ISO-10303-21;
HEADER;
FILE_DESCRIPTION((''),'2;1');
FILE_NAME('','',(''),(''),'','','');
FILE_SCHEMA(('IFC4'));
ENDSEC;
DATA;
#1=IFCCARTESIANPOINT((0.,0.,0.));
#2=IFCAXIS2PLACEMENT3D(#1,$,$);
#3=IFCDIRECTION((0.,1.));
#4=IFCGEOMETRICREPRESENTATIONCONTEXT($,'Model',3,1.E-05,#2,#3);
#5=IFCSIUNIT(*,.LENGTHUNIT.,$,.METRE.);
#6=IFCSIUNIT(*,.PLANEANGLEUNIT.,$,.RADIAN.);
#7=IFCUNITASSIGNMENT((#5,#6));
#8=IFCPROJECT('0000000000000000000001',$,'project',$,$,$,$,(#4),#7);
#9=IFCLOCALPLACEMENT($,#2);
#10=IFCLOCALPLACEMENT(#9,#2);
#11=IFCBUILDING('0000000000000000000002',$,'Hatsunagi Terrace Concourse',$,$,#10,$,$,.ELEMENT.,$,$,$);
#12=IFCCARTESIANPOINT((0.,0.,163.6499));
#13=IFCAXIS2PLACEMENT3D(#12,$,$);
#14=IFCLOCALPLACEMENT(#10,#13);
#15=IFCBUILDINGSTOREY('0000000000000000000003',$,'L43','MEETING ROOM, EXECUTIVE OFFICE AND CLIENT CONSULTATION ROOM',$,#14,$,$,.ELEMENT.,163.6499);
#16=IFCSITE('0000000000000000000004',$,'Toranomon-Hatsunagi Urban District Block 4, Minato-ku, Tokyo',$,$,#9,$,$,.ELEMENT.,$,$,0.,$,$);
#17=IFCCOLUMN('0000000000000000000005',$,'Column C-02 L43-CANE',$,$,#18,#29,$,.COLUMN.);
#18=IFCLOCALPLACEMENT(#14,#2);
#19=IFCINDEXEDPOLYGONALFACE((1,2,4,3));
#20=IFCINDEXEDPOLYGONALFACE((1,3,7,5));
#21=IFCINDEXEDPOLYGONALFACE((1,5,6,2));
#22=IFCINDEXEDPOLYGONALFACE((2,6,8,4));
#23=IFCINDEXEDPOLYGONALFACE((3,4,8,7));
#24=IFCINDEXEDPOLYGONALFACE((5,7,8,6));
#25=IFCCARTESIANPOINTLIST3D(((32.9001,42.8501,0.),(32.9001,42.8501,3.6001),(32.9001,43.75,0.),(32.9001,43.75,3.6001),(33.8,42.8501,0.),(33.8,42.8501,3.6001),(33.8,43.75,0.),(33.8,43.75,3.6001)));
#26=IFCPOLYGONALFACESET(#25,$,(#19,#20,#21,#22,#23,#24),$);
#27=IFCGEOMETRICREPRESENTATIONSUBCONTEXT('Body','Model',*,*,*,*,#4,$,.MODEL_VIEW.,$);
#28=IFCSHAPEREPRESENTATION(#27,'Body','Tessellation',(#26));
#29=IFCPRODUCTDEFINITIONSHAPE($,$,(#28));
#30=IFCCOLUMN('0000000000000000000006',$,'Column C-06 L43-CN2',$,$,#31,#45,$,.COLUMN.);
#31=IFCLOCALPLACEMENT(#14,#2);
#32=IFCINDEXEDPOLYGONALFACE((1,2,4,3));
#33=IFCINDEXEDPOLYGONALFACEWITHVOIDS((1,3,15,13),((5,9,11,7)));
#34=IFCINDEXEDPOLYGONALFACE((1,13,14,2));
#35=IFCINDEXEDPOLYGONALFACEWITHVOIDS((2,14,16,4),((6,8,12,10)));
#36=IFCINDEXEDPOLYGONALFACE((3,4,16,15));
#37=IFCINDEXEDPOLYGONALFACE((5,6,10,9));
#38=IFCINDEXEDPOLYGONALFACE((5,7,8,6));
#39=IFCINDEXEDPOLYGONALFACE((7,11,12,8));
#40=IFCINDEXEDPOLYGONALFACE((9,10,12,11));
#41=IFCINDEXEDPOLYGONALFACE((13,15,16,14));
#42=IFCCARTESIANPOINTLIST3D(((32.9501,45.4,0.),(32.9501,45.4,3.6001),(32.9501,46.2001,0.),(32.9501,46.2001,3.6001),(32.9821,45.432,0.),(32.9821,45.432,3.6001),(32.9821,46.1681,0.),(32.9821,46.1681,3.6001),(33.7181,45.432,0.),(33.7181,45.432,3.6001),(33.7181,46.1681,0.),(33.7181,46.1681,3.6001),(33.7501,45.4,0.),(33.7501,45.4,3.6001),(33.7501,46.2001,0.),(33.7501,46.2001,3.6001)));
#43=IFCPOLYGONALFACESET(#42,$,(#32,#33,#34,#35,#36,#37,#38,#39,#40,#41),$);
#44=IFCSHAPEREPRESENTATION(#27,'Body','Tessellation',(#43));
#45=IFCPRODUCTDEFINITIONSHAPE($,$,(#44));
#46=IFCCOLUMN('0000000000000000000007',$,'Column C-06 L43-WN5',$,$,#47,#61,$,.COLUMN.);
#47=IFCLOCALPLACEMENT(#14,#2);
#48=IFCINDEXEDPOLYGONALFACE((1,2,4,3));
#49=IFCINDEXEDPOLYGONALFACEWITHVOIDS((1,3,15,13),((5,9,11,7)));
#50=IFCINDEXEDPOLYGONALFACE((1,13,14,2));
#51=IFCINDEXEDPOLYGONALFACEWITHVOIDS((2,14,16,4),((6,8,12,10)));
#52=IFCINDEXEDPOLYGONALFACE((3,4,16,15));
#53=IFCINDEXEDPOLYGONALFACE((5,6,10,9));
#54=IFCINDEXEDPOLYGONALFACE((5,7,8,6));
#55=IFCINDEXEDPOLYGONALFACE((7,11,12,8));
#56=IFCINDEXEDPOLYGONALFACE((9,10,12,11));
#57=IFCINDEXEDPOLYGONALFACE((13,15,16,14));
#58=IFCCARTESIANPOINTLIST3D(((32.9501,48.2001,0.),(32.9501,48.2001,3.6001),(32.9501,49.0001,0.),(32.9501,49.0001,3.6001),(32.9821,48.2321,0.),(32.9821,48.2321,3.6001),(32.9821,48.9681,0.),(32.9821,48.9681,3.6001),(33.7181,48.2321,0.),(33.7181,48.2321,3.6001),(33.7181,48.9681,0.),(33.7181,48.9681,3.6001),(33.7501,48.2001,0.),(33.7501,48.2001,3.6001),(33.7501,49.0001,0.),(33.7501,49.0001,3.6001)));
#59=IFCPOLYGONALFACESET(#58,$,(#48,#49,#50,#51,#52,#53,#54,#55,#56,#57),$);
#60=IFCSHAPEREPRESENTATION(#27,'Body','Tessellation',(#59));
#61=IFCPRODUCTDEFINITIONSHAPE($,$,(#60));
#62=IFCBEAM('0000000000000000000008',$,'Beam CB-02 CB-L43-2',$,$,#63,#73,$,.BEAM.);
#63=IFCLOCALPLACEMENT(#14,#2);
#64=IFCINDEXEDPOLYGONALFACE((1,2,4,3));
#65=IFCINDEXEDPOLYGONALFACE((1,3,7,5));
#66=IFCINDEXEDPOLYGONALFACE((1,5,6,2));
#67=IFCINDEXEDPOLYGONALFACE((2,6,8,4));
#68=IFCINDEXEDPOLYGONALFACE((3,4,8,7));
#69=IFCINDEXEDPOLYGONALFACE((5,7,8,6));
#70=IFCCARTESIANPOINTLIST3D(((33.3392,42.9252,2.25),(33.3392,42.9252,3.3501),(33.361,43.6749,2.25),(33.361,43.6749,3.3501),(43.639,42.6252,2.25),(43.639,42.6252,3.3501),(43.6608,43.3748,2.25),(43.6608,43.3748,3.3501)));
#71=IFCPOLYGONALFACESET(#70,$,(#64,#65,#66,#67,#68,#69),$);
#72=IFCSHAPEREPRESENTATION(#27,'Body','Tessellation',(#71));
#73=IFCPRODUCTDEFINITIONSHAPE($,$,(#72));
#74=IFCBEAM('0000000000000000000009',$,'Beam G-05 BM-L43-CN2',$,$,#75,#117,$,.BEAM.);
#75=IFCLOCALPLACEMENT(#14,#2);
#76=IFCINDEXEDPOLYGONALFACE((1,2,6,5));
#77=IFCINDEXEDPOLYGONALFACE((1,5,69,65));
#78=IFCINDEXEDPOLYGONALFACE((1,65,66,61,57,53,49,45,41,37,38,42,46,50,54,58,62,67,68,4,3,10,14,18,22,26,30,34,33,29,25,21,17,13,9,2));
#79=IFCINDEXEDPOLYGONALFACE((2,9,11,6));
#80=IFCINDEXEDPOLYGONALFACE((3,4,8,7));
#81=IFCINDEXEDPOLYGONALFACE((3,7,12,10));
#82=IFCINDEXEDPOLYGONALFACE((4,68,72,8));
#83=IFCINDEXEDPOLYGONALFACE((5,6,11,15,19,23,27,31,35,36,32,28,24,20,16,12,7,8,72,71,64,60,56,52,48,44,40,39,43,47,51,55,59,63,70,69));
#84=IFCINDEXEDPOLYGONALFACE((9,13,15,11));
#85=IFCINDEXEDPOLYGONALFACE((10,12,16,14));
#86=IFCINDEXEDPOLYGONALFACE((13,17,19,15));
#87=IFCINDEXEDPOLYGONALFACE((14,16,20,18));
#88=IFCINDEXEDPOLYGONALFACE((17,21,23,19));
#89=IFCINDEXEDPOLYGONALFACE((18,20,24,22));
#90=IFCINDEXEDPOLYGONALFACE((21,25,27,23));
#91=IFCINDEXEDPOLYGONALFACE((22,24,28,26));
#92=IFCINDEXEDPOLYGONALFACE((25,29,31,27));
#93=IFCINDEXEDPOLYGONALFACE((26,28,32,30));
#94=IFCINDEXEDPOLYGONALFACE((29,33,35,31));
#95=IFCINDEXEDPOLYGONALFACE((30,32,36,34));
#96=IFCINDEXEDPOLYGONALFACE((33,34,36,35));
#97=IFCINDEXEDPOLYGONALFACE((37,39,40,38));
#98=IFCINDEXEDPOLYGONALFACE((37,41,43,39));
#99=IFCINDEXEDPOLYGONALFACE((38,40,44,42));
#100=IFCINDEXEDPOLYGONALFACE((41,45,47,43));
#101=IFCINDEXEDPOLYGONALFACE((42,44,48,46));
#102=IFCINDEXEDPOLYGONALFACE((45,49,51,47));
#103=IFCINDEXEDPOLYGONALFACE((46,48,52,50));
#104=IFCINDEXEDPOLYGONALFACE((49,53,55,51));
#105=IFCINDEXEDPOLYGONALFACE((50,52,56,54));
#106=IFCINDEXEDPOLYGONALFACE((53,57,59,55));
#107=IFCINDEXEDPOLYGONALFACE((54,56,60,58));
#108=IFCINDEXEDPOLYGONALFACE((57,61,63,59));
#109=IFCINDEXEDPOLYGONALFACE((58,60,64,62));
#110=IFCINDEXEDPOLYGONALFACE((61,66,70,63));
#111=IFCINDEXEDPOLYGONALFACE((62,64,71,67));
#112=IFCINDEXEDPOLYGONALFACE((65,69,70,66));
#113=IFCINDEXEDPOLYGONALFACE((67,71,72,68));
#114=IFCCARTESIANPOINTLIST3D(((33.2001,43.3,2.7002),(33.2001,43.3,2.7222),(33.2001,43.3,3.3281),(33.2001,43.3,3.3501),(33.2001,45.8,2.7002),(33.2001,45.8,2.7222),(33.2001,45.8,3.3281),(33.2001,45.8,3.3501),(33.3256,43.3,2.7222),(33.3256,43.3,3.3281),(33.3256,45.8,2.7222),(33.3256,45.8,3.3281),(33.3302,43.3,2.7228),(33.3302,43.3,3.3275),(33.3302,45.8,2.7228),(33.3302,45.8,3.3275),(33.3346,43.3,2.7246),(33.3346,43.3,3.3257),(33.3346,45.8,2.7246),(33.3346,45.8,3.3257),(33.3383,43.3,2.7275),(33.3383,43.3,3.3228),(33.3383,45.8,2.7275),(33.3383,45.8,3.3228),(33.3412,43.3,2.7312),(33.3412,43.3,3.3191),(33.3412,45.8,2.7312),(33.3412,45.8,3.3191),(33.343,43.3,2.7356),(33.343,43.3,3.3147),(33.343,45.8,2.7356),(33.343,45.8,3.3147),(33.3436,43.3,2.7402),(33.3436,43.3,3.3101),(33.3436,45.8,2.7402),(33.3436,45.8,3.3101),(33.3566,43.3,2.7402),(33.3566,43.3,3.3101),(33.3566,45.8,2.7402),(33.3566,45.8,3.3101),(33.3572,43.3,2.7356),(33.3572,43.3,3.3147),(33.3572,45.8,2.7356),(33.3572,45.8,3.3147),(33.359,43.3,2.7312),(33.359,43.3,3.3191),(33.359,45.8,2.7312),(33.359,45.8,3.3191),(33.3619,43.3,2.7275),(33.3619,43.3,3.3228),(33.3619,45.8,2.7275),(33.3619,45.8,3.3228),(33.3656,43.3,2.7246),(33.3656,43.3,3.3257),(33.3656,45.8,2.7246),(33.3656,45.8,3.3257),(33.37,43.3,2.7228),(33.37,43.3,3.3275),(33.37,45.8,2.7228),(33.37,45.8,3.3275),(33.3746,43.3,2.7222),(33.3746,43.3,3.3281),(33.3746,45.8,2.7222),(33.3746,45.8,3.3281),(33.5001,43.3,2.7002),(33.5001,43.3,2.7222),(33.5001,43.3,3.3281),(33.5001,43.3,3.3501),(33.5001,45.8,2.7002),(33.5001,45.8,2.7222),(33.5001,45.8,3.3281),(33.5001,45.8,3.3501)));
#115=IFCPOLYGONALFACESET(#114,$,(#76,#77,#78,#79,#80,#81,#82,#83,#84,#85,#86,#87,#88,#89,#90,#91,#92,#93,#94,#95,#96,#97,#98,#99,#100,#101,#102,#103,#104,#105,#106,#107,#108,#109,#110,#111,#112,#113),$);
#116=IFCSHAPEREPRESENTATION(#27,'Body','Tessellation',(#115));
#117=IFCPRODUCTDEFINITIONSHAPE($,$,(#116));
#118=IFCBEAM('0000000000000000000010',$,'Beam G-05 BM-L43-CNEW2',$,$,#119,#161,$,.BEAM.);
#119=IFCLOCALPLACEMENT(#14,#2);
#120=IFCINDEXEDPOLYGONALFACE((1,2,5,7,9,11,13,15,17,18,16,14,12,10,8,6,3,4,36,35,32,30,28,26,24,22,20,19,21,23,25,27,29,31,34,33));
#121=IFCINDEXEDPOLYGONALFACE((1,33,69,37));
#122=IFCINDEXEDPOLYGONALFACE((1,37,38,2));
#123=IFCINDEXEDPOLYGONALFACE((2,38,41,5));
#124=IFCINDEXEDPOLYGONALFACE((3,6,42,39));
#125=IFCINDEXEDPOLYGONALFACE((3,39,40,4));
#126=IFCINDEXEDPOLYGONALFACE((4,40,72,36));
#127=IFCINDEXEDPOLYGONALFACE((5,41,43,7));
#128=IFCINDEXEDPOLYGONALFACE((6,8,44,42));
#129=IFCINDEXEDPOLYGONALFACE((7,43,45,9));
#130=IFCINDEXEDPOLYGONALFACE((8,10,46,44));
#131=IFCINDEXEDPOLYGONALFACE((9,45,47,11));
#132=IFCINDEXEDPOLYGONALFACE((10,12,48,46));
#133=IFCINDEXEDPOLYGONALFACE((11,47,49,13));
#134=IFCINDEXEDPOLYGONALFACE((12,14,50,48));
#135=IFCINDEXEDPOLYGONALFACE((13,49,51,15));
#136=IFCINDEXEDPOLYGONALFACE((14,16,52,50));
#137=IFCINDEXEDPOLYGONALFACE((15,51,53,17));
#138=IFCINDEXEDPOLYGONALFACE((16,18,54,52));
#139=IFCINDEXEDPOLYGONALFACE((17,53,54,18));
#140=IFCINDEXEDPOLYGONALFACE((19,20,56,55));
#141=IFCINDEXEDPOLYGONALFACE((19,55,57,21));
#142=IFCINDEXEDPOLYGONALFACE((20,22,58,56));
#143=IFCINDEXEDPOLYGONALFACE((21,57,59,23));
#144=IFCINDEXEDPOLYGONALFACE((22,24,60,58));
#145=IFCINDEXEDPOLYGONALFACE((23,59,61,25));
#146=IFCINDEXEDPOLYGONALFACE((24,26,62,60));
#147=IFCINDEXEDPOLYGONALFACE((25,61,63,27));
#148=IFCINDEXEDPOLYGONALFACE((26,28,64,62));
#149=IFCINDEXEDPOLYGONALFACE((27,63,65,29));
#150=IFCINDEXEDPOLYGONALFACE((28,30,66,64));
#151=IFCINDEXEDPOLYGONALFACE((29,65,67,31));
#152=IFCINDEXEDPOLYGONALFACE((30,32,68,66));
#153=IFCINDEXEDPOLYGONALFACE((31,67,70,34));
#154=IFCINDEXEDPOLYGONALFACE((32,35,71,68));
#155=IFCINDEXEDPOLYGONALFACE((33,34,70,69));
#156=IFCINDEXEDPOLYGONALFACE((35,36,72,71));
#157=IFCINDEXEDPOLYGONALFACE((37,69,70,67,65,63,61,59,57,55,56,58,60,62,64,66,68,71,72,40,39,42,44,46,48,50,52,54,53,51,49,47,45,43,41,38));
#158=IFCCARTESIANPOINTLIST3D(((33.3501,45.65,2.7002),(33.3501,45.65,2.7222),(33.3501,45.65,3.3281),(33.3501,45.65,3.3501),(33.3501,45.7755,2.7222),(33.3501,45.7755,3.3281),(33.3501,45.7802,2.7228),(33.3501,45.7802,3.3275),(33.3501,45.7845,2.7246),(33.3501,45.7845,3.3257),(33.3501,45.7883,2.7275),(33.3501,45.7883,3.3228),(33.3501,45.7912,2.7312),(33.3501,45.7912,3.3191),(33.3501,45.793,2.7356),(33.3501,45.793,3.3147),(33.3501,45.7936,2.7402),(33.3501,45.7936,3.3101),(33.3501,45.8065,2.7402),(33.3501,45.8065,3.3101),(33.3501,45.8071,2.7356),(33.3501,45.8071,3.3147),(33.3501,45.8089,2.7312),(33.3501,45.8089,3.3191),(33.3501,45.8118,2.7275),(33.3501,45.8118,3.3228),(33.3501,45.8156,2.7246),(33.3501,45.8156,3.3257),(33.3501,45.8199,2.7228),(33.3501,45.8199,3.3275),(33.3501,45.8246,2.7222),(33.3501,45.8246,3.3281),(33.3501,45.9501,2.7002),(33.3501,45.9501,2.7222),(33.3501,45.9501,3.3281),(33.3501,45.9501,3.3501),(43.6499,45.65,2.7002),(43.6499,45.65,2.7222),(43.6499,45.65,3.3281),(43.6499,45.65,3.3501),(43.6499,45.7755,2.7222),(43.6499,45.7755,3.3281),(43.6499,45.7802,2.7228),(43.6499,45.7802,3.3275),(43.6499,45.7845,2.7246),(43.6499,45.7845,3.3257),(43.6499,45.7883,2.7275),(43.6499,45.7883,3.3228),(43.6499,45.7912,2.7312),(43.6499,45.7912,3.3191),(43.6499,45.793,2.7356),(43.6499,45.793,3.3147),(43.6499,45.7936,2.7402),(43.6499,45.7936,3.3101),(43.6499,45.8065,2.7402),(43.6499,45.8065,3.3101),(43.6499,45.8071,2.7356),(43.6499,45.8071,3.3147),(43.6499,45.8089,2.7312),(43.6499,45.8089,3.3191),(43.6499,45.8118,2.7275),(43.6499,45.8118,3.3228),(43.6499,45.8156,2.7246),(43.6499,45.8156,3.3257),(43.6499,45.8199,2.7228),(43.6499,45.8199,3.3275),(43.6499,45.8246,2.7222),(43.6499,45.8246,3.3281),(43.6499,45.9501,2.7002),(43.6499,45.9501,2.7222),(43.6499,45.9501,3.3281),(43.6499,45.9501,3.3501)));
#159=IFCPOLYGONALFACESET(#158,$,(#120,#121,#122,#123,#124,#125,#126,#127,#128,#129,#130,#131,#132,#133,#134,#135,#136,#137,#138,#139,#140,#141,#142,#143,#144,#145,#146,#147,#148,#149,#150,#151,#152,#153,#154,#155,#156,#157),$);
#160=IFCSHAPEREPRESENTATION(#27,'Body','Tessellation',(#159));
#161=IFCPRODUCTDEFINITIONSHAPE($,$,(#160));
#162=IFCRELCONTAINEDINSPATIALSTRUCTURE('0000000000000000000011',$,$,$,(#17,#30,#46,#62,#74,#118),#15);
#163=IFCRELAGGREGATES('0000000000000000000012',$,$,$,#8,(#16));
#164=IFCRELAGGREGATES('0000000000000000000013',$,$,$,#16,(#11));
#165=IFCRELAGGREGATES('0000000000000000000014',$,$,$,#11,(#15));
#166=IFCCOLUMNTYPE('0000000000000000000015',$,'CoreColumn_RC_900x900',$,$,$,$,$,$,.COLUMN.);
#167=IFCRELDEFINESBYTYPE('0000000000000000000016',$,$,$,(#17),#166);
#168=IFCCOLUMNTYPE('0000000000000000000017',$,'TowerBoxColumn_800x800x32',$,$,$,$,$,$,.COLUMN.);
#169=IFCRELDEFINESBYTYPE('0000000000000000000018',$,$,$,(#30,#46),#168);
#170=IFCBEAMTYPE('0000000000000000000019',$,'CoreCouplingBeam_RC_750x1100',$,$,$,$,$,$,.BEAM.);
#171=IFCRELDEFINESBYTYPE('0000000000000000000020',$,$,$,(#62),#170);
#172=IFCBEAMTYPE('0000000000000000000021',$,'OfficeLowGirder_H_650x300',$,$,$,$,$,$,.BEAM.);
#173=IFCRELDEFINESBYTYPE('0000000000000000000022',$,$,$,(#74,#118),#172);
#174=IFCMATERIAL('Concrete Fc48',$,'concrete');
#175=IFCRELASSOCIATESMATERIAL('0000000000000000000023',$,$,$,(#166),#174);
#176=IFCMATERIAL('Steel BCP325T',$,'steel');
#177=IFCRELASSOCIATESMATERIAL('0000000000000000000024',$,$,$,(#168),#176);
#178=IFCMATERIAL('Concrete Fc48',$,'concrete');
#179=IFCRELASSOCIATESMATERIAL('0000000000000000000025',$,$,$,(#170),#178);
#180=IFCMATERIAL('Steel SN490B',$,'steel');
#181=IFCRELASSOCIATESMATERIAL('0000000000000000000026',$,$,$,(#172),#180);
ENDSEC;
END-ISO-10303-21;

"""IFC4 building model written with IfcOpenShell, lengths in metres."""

from ifc_helpers import new_model, si_unit, direction, frame, origin, origin_2d, place, context, subcontext, project, spatial, rectangle, hollow_rectangle, i_section, extrude, material, material_profile, profile_set, type_object, element, save


model = new_model("IFC4")

# Units and contexts
model_context = context("Model", 3, precision=1e-05, world=origin(), true_north=direction((0.0, 1.0)))
body_context = subcontext(model_context, "Body", "Model", "MODEL_VIEW")
ifc_project = project(units=[si_unit("LENGTHUNIT", "METRE"), si_unit("PLANEANGLEUNIT", "RADIAN")], contexts=[model_context])

# Site, building, storey
site_placement = place(None, origin())
site = spatial("IfcSite", under=ifc_project, at=site_placement, Name="Toranomon-Hatsunagi Urban District Block 4, Minato-ku, Tokyo", CompositionType="ELEMENT", RefElevation=0.0)
building_placement = place(site_placement, origin())
building = spatial("IfcBuilding", under=site, at=building_placement, Name="Hatsunagi Terrace Concourse", CompositionType="ELEMENT")
storey_placement = place(building_placement, frame((0.0, 0.0, 163.6499)))
storey = spatial("IfcBuildingStorey", under=building, at=storey_placement, Name="L43", Description="MEETING ROOM, EXECUTIVE OFFICE AND CLIENT CONSULTATION ROOM", CompositionType="ELEMENT", Elevation=163.6499)

# Columns
ifc_material_1 = material(Name="Concrete Fc48", Category="concrete")
ifc_material_profile_1 = material_profile(ifc_material_1, rectangle(XDim=0.8999, YDim=0.8999, at=origin_2d()), Name="RC-900x900")
ifc_profile_set_1 = profile_set([ifc_material_profile_1], Name="Concrete Fc48")
column_type_1 = type_object("IfcColumnType", Name="CoreColumn_RC_900x900", PredefinedType="COLUMN", material=ifc_profile_set_1)
column_placement = place(storey_placement, frame((33.3501, 43.3, 0.0), z_axis=(0.0, 0.0, 1.0), x_axis=(1.0, 0.0, 0.0)))
element("IfcColumn", 1, at=column_placement, inside=storey, type_object=column_type_1, Name="Column C-02 L43-CANE", PredefinedType="COLUMN", context=body_context, shape_type="SweptSolid", body=[
    extrude(rectangle(XDim=0.8999, YDim=0.8999, at=origin_2d()), origin(), (0.0, 0.0, 1.0), 3.6001),
])
ifc_material_2 = material(Name="Steel BCP325T", Category="steel")
ifc_material_profile_2 = material_profile(ifc_material_2, hollow_rectangle(XDim=0.8, YDim=0.8, WallThickness=0.032, at=origin_2d()), Name="BCP-800x800x32")
ifc_profile_set_2 = profile_set([ifc_material_profile_2], Name="Steel BCP325T")
column_type_2 = type_object("IfcColumnType", Name="TowerBoxColumn_800x800x32", PredefinedType="COLUMN", material=ifc_profile_set_2)
for number, where, z_axis, x_axis, name in (
    (2, (33.3501, 45.8, 0.0), (0.0, 0.0, 1.0), (1.0, 0.0, 0.0), "Column C-06 L43-CN2"),
    (3, (33.3501, 48.6001, 0.0), (0.0, 0.0, 1.0), (1.0, 0.0, 0.0), "Column C-06 L43-WN5"),
):
    element("IfcColumn", number, at=place(storey_placement, frame(where, z_axis=z_axis, x_axis=x_axis)), inside=storey, type_object=column_type_2, Name=name, PredefinedType="COLUMN", context=body_context, shape_type="SweptSolid", body=[
        extrude(hollow_rectangle(XDim=0.8, YDim=0.8, WallThickness=0.032, at=origin_2d()), origin(), (0.0, 0.0, 1.0), 3.6001),
    ])

# Beams
ifc_material_3 = material(Name="Concrete Fc48", Category="concrete")
ifc_material_profile_3 = material_profile(ifc_material_3, rectangle(XDim=0.75, YDim=1.1001, at=origin_2d()), Name="RC-750x1100")
ifc_profile_set_3 = profile_set([ifc_material_profile_3], Name="Concrete Fc48")
beam_type_1 = type_object("IfcBeamType", Name="CoreCouplingBeam_RC_750x1100", PredefinedType="BEAM", material=ifc_profile_set_3)
beam_1_placement = place(storey_placement, frame((33.3501, 43.3, 2.8), z_axis=(0.999576, -0.029119, 0.0), x_axis=(0.029119, 0.999576, 0.0)))
element("IfcBeam", 4, at=beam_1_placement, inside=storey, type_object=beam_type_1, Name="Beam CB-02 CB-L43-2", PredefinedType="BEAM", context=body_context, shape_type="SweptSolid", body=[
    extrude(rectangle(XDim=0.75, YDim=1.1001, at=origin_2d()), origin(), (0.0, 0.0, 1.0), 10.3042),
])
ifc_material_4 = material(Name="Steel SN490B", Category="steel")
ifc_material_profile_4 = material_profile(ifc_material_4, i_section(OverallWidth=0.3, OverallDepth=0.6499, WebThickness=0.0129, FlangeThickness=0.022, FilletRadius=0.0181, at=origin_2d()), Name="H-650x300x13x22")
ifc_profile_set_4 = profile_set([ifc_material_profile_4], Name="Steel SN490B")
beam_type_2 = type_object("IfcBeamType", Name="OfficeLowGirder_H_650x300", PredefinedType="BEAM", material=ifc_profile_set_4)
beam_2_placement = place(storey_placement, frame((33.3501, 43.3, 3.0251), z_axis=(0.0, 1.0, 0.0), x_axis=(-1.0, 0.0, 0.0)))
element("IfcBeam", 5, at=beam_2_placement, inside=storey, type_object=beam_type_2, Name="Beam G-05 BM-L43-CN2", PredefinedType="BEAM", context=body_context, shape_type="SweptSolid", body=[
    extrude(i_section(OverallWidth=0.3, OverallDepth=0.6499, WebThickness=0.0129, FlangeThickness=0.022, FilletRadius=0.0181, at=origin_2d()), origin(), (0.0, 0.0, 1.0), 2.5),
])
beam_3_placement = place(storey_placement, frame((33.3501, 45.8, 3.0251), z_axis=(1.0, 0.0, 0.0), x_axis=(0.0, 1.0, 0.0)))
element("IfcBeam", 6, at=beam_3_placement, inside=storey, type_object=beam_type_2, Name="Beam G-05 BM-L43-CNEW2", PredefinedType="BEAM", context=body_context, shape_type="SweptSolid", body=[
    extrude(i_section(OverallWidth=0.3, OverallDepth=0.6499, WebThickness=0.0129, FlangeThickness=0.022, FilletRadius=0.0181, at=origin_2d()), origin(), (0.0, 0.0, 1.0), 10.2998),
])

save(model, "model.ifc")
